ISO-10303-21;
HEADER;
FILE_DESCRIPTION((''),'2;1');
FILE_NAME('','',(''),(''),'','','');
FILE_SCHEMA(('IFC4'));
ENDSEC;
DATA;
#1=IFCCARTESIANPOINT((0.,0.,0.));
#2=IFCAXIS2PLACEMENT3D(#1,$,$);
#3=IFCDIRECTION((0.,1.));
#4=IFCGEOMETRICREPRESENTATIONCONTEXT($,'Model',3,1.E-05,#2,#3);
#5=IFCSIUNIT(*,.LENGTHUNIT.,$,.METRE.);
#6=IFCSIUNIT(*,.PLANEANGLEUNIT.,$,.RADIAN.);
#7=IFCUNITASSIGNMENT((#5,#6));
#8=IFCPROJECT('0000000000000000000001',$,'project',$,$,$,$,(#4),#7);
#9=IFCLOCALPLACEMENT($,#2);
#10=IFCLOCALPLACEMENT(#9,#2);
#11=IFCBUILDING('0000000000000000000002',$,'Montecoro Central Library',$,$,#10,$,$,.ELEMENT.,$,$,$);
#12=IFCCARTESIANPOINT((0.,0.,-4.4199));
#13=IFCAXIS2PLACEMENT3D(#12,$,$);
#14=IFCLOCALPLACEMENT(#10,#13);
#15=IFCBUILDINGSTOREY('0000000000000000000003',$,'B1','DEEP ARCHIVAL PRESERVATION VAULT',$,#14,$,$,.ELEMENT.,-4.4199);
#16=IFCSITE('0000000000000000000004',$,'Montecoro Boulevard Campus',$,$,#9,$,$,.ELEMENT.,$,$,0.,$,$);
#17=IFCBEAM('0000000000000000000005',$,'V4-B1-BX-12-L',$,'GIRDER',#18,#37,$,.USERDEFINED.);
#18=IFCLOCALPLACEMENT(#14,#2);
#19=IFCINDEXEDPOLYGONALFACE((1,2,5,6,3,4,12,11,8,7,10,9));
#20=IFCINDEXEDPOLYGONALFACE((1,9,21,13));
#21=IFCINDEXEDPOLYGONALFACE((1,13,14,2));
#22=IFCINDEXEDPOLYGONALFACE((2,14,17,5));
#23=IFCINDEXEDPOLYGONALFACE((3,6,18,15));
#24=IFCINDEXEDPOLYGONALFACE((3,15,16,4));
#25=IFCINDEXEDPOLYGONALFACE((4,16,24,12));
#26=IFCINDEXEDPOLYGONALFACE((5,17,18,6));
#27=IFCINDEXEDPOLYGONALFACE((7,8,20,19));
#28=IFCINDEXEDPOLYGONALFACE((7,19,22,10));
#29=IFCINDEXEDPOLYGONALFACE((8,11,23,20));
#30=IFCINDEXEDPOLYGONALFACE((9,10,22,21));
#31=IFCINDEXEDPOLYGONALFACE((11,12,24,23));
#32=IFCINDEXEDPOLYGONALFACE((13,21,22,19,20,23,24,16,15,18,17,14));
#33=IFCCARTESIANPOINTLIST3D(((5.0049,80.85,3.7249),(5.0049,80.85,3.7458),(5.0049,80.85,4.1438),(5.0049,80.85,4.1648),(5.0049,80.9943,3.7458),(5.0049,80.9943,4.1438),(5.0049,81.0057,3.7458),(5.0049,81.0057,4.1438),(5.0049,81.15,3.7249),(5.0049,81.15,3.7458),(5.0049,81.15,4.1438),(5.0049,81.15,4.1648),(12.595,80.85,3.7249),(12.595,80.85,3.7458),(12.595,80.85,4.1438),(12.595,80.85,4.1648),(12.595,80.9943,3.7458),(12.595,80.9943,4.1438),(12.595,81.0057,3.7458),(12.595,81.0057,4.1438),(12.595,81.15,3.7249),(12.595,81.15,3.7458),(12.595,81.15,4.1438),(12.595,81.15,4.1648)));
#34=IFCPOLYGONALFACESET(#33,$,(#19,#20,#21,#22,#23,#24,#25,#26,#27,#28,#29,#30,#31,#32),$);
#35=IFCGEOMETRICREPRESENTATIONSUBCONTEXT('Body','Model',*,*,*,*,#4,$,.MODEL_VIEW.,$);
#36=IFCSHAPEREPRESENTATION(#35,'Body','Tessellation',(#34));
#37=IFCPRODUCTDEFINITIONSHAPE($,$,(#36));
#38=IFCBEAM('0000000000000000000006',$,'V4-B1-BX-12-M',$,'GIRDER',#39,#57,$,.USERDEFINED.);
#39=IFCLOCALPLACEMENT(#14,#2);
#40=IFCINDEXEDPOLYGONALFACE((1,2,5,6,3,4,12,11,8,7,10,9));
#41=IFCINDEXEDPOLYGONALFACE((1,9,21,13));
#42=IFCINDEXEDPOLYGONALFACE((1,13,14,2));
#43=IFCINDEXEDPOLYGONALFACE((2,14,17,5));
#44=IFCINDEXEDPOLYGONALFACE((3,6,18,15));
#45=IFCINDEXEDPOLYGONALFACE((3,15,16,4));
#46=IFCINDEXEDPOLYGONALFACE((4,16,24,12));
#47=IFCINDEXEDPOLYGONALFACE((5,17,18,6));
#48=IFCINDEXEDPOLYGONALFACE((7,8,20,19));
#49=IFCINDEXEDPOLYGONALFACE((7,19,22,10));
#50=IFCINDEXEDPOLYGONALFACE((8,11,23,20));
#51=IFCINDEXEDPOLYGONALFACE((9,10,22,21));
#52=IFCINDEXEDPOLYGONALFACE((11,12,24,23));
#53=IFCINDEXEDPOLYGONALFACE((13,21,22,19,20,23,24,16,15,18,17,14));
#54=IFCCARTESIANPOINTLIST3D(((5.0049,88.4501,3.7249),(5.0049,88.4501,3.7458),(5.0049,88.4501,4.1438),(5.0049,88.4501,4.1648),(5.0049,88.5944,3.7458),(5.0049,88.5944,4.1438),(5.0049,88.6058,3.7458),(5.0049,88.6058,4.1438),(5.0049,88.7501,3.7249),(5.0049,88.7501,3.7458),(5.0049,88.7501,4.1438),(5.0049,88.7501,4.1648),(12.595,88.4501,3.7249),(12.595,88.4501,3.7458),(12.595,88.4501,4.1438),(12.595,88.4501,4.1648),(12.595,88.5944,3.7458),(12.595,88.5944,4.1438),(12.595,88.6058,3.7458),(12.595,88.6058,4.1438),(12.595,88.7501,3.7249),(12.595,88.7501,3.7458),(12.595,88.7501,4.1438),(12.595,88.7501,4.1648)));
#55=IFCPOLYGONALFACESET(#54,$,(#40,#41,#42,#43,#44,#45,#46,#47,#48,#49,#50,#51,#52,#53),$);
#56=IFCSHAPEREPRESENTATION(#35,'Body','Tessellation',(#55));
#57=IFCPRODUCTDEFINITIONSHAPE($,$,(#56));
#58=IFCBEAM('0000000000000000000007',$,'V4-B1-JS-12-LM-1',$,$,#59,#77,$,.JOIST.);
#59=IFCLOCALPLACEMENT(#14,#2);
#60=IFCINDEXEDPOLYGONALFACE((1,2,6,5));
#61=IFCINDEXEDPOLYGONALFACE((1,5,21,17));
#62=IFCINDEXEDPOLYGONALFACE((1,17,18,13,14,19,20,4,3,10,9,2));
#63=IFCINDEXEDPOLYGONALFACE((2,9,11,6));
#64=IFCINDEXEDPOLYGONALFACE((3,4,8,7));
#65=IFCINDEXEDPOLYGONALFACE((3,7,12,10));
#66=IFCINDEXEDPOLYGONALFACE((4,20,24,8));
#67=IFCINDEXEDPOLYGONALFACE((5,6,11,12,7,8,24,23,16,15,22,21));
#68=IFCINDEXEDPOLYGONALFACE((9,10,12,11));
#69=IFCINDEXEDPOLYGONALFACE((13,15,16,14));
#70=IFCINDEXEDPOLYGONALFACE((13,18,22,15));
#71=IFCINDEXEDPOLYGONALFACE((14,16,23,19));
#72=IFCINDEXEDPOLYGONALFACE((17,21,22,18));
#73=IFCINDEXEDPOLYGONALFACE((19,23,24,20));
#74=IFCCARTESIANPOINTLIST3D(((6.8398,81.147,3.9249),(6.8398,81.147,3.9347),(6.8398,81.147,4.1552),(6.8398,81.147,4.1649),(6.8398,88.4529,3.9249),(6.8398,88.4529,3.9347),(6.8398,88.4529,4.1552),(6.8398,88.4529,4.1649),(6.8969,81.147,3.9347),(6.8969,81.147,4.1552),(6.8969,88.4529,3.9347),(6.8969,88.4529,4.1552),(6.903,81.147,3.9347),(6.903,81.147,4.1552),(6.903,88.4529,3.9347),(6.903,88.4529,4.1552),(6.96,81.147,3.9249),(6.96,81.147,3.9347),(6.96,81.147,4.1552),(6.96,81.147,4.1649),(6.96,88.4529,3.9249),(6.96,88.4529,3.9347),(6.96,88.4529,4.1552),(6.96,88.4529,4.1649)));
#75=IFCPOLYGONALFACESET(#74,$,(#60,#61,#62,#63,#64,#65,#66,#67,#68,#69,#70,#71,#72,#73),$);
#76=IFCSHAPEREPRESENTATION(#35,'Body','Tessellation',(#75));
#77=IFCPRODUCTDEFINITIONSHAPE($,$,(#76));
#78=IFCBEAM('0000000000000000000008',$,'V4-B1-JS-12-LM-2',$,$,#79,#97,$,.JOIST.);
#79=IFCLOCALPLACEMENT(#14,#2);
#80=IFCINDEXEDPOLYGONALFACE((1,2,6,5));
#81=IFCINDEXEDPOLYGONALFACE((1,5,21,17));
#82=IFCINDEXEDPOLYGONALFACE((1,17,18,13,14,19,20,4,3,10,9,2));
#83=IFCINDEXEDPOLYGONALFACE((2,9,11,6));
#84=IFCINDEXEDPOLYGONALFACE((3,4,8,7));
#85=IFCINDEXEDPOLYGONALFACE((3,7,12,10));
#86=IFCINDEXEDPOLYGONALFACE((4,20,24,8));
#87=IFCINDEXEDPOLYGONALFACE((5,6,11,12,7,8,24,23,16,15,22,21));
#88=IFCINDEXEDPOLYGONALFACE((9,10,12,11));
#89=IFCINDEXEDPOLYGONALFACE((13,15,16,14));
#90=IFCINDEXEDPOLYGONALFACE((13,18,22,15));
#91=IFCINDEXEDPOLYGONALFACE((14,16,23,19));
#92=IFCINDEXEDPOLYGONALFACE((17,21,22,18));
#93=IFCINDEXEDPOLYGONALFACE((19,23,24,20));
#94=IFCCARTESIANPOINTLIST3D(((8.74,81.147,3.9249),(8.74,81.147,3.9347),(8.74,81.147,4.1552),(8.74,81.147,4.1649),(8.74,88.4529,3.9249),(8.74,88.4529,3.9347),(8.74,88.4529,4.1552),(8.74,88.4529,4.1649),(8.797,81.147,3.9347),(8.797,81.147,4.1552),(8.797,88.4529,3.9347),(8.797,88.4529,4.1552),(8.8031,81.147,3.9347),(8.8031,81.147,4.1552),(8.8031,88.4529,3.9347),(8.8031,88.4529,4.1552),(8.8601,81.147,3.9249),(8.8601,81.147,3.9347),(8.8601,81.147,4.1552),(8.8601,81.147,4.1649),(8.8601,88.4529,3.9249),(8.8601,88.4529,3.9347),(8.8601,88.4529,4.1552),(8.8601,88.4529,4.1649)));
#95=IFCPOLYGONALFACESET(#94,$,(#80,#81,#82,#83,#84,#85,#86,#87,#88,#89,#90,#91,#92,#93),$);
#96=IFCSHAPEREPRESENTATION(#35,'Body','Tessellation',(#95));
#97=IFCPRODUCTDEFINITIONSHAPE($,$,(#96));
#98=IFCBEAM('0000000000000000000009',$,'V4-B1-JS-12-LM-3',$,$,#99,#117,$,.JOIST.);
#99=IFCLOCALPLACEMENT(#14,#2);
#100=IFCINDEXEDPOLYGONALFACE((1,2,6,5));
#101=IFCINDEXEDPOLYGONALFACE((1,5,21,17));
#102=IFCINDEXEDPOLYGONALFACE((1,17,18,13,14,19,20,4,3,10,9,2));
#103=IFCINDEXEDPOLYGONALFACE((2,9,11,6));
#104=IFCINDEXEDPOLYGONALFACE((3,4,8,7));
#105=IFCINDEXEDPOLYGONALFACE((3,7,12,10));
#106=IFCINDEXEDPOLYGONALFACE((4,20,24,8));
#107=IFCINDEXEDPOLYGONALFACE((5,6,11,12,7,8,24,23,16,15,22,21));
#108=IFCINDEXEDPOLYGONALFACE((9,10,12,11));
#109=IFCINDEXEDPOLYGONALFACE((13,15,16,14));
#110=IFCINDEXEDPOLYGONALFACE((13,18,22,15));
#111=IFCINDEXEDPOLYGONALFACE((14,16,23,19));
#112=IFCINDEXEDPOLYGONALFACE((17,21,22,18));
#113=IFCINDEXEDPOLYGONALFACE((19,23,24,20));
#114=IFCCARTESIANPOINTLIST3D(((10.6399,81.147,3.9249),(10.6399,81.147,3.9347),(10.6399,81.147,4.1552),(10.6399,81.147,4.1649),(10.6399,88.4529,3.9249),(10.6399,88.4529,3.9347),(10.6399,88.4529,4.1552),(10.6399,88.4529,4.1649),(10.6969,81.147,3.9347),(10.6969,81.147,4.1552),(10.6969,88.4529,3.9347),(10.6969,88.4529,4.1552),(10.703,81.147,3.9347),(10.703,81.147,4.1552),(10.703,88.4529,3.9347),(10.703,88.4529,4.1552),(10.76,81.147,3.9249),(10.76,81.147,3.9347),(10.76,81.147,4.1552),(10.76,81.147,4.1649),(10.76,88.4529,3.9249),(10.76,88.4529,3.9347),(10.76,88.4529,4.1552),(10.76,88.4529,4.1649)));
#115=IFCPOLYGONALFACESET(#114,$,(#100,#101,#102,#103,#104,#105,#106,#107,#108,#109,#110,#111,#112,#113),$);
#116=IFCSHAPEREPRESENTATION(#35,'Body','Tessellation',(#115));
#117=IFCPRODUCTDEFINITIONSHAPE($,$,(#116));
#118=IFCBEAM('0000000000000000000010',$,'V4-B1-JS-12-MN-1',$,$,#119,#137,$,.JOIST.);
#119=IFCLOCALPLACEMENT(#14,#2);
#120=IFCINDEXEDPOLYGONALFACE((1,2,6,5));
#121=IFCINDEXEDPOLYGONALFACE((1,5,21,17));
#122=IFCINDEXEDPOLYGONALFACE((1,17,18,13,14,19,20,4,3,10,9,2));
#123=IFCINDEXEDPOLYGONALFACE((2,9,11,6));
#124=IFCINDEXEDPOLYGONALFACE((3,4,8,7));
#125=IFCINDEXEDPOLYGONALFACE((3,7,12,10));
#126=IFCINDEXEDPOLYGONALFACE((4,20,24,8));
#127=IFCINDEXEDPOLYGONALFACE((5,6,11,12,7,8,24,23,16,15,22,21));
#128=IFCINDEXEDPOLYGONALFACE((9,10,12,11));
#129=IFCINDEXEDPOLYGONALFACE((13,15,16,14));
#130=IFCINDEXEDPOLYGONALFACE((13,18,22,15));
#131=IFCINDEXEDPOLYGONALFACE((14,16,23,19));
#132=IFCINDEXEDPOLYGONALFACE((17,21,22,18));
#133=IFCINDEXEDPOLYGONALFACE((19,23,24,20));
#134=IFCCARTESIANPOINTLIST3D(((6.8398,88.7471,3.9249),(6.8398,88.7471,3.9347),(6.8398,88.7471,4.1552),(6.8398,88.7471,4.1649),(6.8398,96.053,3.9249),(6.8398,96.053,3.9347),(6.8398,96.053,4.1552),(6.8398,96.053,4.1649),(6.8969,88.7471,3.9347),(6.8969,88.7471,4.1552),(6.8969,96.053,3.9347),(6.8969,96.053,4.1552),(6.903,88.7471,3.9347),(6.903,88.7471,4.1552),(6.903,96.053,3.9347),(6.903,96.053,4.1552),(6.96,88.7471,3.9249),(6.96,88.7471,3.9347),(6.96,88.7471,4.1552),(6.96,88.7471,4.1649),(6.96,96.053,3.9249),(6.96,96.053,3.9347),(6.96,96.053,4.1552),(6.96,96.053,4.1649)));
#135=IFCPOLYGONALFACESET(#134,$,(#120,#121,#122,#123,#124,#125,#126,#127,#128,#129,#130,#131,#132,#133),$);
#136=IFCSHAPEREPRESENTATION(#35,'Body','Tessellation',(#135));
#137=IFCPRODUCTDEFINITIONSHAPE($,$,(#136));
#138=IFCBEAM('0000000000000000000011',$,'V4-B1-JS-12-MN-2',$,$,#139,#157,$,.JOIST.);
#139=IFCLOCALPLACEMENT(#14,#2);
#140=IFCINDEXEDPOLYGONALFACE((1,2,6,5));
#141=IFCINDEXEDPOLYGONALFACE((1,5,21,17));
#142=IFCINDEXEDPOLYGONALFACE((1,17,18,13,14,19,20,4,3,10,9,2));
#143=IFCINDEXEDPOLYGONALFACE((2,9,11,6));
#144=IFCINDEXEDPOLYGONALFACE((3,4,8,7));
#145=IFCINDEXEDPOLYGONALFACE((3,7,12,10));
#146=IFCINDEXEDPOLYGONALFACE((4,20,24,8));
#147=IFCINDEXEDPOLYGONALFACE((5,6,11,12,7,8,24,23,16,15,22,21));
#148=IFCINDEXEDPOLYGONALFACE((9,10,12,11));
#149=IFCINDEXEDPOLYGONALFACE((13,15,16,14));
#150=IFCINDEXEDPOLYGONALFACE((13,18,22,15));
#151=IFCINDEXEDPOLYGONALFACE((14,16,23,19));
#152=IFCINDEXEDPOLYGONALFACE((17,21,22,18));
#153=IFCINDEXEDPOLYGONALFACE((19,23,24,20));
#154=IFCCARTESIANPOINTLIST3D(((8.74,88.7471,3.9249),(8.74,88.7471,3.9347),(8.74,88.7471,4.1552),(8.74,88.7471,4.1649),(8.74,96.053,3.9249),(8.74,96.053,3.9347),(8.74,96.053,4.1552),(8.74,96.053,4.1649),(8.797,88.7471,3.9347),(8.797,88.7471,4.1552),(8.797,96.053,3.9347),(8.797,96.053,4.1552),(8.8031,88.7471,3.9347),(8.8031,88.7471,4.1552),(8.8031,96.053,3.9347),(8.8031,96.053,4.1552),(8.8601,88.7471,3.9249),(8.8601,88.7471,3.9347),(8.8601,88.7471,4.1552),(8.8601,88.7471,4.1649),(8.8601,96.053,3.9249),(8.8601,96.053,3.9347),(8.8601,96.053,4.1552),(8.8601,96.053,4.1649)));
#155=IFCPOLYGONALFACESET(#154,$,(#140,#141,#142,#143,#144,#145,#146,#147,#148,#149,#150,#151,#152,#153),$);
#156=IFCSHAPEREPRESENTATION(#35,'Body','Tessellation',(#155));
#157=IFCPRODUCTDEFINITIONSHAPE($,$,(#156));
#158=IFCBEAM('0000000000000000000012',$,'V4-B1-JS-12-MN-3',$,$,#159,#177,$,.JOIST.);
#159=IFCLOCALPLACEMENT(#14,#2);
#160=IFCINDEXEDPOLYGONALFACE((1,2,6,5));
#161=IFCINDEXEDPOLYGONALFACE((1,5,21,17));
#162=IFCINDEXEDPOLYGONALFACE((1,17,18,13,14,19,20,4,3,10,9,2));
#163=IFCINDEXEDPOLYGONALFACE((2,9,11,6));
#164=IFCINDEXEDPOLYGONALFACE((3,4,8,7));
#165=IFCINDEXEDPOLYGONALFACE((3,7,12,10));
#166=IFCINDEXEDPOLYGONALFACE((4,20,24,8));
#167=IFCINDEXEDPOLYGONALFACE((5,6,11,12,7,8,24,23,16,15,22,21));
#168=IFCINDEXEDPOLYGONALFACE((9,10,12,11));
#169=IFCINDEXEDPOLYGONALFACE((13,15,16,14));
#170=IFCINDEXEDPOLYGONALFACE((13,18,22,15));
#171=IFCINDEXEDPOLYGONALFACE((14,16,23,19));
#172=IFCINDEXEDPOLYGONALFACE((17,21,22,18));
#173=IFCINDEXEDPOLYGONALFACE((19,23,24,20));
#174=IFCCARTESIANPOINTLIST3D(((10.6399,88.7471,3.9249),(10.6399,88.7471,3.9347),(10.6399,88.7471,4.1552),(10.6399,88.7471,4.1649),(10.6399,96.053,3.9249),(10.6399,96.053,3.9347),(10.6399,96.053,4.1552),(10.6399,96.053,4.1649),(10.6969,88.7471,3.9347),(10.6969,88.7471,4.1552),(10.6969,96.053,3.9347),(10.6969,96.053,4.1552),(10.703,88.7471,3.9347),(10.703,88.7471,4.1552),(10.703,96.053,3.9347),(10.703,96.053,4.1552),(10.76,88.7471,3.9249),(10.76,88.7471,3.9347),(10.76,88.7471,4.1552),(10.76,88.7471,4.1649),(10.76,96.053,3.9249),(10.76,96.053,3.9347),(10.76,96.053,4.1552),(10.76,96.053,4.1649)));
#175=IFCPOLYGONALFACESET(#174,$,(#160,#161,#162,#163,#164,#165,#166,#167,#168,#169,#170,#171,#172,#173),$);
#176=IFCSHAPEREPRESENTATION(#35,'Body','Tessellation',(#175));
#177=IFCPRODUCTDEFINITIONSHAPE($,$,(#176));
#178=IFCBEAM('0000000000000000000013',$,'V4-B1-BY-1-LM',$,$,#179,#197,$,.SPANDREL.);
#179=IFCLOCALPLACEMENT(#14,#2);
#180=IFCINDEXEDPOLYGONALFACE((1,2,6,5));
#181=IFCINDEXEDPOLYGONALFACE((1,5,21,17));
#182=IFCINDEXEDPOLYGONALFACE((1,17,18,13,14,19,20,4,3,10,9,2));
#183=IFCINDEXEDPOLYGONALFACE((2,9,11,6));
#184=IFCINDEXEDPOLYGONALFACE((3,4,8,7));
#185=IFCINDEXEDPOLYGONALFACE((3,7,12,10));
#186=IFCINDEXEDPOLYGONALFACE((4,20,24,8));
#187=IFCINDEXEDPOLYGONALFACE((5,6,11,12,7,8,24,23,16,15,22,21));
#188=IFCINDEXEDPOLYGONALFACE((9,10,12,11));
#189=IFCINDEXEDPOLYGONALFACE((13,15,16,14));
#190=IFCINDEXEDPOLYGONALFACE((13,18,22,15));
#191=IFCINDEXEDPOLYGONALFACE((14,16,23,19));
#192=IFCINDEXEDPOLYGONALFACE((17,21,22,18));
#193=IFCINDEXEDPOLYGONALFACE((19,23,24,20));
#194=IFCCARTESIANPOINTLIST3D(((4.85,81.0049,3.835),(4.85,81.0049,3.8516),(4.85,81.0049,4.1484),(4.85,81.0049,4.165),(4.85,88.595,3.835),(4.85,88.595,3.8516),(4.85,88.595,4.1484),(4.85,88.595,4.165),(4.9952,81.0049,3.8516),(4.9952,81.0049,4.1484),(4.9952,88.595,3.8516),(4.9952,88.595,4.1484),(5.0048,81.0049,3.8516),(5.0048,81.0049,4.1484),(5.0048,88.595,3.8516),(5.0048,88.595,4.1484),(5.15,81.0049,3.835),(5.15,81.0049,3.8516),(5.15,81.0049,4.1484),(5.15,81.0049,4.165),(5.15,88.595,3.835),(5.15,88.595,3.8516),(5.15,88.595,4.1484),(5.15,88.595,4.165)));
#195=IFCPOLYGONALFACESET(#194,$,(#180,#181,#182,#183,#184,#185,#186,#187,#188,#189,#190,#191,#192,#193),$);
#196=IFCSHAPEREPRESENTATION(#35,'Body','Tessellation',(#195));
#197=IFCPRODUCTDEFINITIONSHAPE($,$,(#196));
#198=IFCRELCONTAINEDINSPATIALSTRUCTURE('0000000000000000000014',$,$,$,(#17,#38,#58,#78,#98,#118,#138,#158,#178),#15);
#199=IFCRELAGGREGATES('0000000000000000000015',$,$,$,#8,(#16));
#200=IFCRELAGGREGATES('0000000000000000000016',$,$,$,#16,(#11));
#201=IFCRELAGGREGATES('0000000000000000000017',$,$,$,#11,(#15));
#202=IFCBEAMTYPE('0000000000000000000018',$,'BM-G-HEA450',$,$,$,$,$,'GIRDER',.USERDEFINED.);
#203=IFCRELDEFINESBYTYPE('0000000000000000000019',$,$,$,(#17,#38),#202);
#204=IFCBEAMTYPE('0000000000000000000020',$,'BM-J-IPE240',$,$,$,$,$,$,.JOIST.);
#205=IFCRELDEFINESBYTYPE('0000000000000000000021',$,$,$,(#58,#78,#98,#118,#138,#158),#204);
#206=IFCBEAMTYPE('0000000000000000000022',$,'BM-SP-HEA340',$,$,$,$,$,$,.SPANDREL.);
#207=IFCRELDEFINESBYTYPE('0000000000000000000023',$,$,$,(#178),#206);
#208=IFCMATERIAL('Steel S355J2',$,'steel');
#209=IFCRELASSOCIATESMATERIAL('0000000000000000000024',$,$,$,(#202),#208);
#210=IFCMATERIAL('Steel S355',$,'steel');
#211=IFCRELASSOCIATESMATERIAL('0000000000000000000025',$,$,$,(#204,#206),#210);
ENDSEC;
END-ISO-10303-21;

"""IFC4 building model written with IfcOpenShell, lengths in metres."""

from ifc_helpers import new_model, si_unit, direction, frame, origin, origin_2d, place, context, subcontext, project, spatial, i_section, extrude, material, material_profile, profile_set, type_object, element, save


model = new_model("IFC4")

# Units and contexts
model_context = context("Model", 3, precision=1e-05, world=origin(), true_north=direction((0.0, 1.0)))
body_context = subcontext(model_context, "Body", "Model", "MODEL_VIEW")
ifc_project = project(units=[si_unit("LENGTHUNIT", "METRE"), si_unit("PLANEANGLEUNIT", "RADIAN")], contexts=[model_context])

# Site, building, storey
site_placement = place(None, origin())
site = spatial("IfcSite", under=ifc_project, at=site_placement, Name="Montecoro Boulevard Campus", CompositionType="ELEMENT", RefElevation=0.0)
building_placement = place(site_placement, origin())
building = spatial("IfcBuilding", under=site, at=building_placement, Name="Montecoro Central Library", CompositionType="ELEMENT")
storey_placement = place(building_placement, frame((0.0, 0.0, -4.4199)))
storey = spatial("IfcBuildingStorey", under=building, at=storey_placement, Name="B1", Description="DEEP ARCHIVAL PRESERVATION VAULT", CompositionType="ELEMENT", Elevation=-4.4199)

# Shared definitions
ifc_material_1 = material(Name="Steel S355J2", Category="steel")

# Beams
ifc_material_profile_1 = material_profile(ifc_material_1, i_section(OverallWidth=0.3, OverallDepth=0.4399, WebThickness=0.0115, FlangeThickness=0.021, at=origin_2d()), Name="HEA 450")
ifc_profile_set_1 = profile_set([ifc_material_profile_1], Name="Steel S355J2")
beam_type_1 = type_object("IfcBeamType", Name="BM-G-HEA450", ElementType="GIRDER", PredefinedType="USERDEFINED", material=ifc_profile_set_1)
for number, where, z_axis, x_axis, name in (
    (1, (5.0049, 81.0, 3.9448), (1.0, 0.0, 0.0), (0.0, 1.0, 0.0), "V4-B1-BX-12-L"),
    (2, (5.0049, 88.6001, 3.9448), (1.0, 0.0, 0.0), (0.0, 1.0, 0.0), "V4-B1-BX-12-M"),
):
    element("IfcBeam", number, at=place(storey_placement, frame(where, z_axis=z_axis, x_axis=x_axis)), inside=storey, type_object=beam_type_1, Name=name, ObjectType="GIRDER", PredefinedType="USERDEFINED", context=body_context, shape_type="SweptSolid", body=[
        extrude(i_section(OverallWidth=0.3, OverallDepth=0.4399, WebThickness=0.0115, FlangeThickness=0.021, at=origin_2d()), origin(), (0.0, 0.0, 1.0), 7.5901),
    ])
ifc_material_2 = material(Name="Steel S355", Category="steel")
ifc_material_profile_2 = material_profile(ifc_material_2, i_section(OverallWidth=0.1201, OverallDepth=0.24, WebThickness=0.0061, FlangeThickness=0.0098, at=origin_2d()), Name="IPE 240")
ifc_profile_set_2 = profile_set([ifc_material_profile_2], Name="Steel S355")
beam_type_2 = type_object("IfcBeamType", Name="BM-J-IPE240", PredefinedType="JOIST", material=ifc_profile_set_2)
for number, where, z_axis, x_axis, name in (
    (3, (6.8999, 81.147, 4.0449), (0.0, 1.0, 0.0), (-1.0, 0.0, 0.0), "V4-B1-JS-12-LM-1"),
    (4, (8.8, 81.147, 4.0449), (0.0, 1.0, 0.0), (-1.0, 0.0, 0.0), "V4-B1-JS-12-LM-2"),
    (5, (10.7, 81.147, 4.0449), (0.0, 1.0, 0.0), (-1.0, 0.0, 0.0), "V4-B1-JS-12-LM-3"),
    (6, (6.8999, 88.7471, 4.0449), (0.0, 1.0, 0.0), (-1.0, 0.0, 0.0), "V4-B1-JS-12-MN-1"),
    (7, (8.8, 88.7471, 4.0449), (0.0, 1.0, 0.0), (-1.0, 0.0, 0.0), "V4-B1-JS-12-MN-2"),
    (8, (10.7, 88.7471, 4.0449), (0.0, 1.0, 0.0), (-1.0, 0.0, 0.0), "V4-B1-JS-12-MN-3"),
):
    element("IfcBeam", number, at=place(storey_placement, frame(where, z_axis=z_axis, x_axis=x_axis)), inside=storey, type_object=beam_type_2, Name=name, PredefinedType="JOIST", context=body_context, shape_type="SweptSolid", body=[
        extrude(i_section(OverallWidth=0.1201, OverallDepth=0.24, WebThickness=0.0061, FlangeThickness=0.0098, at=origin_2d()), origin(), (0.0, 0.0, 1.0), 7.3059),
    ])
ifc_material_profile_3 = material_profile(ifc_material_2, i_section(OverallWidth=0.3, OverallDepth=0.3301, WebThickness=0.0095, FlangeThickness=0.0166, at=origin_2d()), Name="HEA 340")
ifc_profile_set_3 = profile_set([ifc_material_profile_3], Name="Steel S355")
beam_type_3 = type_object("IfcBeamType", Name="BM-SP-HEA340", PredefinedType="SPANDREL", material=ifc_profile_set_3)
for number, where, z_axis, x_axis, name in (
    (9, (5.0, 81.0049, 4.0), (0.0, 1.0, 0.0), (-1.0, 0.0, 0.0), "V4-B1-BY-1-LM"),
):
    element("IfcBeam", number, at=place(storey_placement, frame(where, z_axis=z_axis, x_axis=x_axis)), inside=storey, type_object=beam_type_3, Name=name, PredefinedType="SPANDREL", context=body_context, shape_type="SweptSolid", body=[
        extrude(i_section(OverallWidth=0.3, OverallDepth=0.3301, WebThickness=0.0095, FlangeThickness=0.0166, at=origin_2d()), origin(), (0.0, 0.0, 1.0), 7.5901),
    ])

save(model, "model.ifc")
